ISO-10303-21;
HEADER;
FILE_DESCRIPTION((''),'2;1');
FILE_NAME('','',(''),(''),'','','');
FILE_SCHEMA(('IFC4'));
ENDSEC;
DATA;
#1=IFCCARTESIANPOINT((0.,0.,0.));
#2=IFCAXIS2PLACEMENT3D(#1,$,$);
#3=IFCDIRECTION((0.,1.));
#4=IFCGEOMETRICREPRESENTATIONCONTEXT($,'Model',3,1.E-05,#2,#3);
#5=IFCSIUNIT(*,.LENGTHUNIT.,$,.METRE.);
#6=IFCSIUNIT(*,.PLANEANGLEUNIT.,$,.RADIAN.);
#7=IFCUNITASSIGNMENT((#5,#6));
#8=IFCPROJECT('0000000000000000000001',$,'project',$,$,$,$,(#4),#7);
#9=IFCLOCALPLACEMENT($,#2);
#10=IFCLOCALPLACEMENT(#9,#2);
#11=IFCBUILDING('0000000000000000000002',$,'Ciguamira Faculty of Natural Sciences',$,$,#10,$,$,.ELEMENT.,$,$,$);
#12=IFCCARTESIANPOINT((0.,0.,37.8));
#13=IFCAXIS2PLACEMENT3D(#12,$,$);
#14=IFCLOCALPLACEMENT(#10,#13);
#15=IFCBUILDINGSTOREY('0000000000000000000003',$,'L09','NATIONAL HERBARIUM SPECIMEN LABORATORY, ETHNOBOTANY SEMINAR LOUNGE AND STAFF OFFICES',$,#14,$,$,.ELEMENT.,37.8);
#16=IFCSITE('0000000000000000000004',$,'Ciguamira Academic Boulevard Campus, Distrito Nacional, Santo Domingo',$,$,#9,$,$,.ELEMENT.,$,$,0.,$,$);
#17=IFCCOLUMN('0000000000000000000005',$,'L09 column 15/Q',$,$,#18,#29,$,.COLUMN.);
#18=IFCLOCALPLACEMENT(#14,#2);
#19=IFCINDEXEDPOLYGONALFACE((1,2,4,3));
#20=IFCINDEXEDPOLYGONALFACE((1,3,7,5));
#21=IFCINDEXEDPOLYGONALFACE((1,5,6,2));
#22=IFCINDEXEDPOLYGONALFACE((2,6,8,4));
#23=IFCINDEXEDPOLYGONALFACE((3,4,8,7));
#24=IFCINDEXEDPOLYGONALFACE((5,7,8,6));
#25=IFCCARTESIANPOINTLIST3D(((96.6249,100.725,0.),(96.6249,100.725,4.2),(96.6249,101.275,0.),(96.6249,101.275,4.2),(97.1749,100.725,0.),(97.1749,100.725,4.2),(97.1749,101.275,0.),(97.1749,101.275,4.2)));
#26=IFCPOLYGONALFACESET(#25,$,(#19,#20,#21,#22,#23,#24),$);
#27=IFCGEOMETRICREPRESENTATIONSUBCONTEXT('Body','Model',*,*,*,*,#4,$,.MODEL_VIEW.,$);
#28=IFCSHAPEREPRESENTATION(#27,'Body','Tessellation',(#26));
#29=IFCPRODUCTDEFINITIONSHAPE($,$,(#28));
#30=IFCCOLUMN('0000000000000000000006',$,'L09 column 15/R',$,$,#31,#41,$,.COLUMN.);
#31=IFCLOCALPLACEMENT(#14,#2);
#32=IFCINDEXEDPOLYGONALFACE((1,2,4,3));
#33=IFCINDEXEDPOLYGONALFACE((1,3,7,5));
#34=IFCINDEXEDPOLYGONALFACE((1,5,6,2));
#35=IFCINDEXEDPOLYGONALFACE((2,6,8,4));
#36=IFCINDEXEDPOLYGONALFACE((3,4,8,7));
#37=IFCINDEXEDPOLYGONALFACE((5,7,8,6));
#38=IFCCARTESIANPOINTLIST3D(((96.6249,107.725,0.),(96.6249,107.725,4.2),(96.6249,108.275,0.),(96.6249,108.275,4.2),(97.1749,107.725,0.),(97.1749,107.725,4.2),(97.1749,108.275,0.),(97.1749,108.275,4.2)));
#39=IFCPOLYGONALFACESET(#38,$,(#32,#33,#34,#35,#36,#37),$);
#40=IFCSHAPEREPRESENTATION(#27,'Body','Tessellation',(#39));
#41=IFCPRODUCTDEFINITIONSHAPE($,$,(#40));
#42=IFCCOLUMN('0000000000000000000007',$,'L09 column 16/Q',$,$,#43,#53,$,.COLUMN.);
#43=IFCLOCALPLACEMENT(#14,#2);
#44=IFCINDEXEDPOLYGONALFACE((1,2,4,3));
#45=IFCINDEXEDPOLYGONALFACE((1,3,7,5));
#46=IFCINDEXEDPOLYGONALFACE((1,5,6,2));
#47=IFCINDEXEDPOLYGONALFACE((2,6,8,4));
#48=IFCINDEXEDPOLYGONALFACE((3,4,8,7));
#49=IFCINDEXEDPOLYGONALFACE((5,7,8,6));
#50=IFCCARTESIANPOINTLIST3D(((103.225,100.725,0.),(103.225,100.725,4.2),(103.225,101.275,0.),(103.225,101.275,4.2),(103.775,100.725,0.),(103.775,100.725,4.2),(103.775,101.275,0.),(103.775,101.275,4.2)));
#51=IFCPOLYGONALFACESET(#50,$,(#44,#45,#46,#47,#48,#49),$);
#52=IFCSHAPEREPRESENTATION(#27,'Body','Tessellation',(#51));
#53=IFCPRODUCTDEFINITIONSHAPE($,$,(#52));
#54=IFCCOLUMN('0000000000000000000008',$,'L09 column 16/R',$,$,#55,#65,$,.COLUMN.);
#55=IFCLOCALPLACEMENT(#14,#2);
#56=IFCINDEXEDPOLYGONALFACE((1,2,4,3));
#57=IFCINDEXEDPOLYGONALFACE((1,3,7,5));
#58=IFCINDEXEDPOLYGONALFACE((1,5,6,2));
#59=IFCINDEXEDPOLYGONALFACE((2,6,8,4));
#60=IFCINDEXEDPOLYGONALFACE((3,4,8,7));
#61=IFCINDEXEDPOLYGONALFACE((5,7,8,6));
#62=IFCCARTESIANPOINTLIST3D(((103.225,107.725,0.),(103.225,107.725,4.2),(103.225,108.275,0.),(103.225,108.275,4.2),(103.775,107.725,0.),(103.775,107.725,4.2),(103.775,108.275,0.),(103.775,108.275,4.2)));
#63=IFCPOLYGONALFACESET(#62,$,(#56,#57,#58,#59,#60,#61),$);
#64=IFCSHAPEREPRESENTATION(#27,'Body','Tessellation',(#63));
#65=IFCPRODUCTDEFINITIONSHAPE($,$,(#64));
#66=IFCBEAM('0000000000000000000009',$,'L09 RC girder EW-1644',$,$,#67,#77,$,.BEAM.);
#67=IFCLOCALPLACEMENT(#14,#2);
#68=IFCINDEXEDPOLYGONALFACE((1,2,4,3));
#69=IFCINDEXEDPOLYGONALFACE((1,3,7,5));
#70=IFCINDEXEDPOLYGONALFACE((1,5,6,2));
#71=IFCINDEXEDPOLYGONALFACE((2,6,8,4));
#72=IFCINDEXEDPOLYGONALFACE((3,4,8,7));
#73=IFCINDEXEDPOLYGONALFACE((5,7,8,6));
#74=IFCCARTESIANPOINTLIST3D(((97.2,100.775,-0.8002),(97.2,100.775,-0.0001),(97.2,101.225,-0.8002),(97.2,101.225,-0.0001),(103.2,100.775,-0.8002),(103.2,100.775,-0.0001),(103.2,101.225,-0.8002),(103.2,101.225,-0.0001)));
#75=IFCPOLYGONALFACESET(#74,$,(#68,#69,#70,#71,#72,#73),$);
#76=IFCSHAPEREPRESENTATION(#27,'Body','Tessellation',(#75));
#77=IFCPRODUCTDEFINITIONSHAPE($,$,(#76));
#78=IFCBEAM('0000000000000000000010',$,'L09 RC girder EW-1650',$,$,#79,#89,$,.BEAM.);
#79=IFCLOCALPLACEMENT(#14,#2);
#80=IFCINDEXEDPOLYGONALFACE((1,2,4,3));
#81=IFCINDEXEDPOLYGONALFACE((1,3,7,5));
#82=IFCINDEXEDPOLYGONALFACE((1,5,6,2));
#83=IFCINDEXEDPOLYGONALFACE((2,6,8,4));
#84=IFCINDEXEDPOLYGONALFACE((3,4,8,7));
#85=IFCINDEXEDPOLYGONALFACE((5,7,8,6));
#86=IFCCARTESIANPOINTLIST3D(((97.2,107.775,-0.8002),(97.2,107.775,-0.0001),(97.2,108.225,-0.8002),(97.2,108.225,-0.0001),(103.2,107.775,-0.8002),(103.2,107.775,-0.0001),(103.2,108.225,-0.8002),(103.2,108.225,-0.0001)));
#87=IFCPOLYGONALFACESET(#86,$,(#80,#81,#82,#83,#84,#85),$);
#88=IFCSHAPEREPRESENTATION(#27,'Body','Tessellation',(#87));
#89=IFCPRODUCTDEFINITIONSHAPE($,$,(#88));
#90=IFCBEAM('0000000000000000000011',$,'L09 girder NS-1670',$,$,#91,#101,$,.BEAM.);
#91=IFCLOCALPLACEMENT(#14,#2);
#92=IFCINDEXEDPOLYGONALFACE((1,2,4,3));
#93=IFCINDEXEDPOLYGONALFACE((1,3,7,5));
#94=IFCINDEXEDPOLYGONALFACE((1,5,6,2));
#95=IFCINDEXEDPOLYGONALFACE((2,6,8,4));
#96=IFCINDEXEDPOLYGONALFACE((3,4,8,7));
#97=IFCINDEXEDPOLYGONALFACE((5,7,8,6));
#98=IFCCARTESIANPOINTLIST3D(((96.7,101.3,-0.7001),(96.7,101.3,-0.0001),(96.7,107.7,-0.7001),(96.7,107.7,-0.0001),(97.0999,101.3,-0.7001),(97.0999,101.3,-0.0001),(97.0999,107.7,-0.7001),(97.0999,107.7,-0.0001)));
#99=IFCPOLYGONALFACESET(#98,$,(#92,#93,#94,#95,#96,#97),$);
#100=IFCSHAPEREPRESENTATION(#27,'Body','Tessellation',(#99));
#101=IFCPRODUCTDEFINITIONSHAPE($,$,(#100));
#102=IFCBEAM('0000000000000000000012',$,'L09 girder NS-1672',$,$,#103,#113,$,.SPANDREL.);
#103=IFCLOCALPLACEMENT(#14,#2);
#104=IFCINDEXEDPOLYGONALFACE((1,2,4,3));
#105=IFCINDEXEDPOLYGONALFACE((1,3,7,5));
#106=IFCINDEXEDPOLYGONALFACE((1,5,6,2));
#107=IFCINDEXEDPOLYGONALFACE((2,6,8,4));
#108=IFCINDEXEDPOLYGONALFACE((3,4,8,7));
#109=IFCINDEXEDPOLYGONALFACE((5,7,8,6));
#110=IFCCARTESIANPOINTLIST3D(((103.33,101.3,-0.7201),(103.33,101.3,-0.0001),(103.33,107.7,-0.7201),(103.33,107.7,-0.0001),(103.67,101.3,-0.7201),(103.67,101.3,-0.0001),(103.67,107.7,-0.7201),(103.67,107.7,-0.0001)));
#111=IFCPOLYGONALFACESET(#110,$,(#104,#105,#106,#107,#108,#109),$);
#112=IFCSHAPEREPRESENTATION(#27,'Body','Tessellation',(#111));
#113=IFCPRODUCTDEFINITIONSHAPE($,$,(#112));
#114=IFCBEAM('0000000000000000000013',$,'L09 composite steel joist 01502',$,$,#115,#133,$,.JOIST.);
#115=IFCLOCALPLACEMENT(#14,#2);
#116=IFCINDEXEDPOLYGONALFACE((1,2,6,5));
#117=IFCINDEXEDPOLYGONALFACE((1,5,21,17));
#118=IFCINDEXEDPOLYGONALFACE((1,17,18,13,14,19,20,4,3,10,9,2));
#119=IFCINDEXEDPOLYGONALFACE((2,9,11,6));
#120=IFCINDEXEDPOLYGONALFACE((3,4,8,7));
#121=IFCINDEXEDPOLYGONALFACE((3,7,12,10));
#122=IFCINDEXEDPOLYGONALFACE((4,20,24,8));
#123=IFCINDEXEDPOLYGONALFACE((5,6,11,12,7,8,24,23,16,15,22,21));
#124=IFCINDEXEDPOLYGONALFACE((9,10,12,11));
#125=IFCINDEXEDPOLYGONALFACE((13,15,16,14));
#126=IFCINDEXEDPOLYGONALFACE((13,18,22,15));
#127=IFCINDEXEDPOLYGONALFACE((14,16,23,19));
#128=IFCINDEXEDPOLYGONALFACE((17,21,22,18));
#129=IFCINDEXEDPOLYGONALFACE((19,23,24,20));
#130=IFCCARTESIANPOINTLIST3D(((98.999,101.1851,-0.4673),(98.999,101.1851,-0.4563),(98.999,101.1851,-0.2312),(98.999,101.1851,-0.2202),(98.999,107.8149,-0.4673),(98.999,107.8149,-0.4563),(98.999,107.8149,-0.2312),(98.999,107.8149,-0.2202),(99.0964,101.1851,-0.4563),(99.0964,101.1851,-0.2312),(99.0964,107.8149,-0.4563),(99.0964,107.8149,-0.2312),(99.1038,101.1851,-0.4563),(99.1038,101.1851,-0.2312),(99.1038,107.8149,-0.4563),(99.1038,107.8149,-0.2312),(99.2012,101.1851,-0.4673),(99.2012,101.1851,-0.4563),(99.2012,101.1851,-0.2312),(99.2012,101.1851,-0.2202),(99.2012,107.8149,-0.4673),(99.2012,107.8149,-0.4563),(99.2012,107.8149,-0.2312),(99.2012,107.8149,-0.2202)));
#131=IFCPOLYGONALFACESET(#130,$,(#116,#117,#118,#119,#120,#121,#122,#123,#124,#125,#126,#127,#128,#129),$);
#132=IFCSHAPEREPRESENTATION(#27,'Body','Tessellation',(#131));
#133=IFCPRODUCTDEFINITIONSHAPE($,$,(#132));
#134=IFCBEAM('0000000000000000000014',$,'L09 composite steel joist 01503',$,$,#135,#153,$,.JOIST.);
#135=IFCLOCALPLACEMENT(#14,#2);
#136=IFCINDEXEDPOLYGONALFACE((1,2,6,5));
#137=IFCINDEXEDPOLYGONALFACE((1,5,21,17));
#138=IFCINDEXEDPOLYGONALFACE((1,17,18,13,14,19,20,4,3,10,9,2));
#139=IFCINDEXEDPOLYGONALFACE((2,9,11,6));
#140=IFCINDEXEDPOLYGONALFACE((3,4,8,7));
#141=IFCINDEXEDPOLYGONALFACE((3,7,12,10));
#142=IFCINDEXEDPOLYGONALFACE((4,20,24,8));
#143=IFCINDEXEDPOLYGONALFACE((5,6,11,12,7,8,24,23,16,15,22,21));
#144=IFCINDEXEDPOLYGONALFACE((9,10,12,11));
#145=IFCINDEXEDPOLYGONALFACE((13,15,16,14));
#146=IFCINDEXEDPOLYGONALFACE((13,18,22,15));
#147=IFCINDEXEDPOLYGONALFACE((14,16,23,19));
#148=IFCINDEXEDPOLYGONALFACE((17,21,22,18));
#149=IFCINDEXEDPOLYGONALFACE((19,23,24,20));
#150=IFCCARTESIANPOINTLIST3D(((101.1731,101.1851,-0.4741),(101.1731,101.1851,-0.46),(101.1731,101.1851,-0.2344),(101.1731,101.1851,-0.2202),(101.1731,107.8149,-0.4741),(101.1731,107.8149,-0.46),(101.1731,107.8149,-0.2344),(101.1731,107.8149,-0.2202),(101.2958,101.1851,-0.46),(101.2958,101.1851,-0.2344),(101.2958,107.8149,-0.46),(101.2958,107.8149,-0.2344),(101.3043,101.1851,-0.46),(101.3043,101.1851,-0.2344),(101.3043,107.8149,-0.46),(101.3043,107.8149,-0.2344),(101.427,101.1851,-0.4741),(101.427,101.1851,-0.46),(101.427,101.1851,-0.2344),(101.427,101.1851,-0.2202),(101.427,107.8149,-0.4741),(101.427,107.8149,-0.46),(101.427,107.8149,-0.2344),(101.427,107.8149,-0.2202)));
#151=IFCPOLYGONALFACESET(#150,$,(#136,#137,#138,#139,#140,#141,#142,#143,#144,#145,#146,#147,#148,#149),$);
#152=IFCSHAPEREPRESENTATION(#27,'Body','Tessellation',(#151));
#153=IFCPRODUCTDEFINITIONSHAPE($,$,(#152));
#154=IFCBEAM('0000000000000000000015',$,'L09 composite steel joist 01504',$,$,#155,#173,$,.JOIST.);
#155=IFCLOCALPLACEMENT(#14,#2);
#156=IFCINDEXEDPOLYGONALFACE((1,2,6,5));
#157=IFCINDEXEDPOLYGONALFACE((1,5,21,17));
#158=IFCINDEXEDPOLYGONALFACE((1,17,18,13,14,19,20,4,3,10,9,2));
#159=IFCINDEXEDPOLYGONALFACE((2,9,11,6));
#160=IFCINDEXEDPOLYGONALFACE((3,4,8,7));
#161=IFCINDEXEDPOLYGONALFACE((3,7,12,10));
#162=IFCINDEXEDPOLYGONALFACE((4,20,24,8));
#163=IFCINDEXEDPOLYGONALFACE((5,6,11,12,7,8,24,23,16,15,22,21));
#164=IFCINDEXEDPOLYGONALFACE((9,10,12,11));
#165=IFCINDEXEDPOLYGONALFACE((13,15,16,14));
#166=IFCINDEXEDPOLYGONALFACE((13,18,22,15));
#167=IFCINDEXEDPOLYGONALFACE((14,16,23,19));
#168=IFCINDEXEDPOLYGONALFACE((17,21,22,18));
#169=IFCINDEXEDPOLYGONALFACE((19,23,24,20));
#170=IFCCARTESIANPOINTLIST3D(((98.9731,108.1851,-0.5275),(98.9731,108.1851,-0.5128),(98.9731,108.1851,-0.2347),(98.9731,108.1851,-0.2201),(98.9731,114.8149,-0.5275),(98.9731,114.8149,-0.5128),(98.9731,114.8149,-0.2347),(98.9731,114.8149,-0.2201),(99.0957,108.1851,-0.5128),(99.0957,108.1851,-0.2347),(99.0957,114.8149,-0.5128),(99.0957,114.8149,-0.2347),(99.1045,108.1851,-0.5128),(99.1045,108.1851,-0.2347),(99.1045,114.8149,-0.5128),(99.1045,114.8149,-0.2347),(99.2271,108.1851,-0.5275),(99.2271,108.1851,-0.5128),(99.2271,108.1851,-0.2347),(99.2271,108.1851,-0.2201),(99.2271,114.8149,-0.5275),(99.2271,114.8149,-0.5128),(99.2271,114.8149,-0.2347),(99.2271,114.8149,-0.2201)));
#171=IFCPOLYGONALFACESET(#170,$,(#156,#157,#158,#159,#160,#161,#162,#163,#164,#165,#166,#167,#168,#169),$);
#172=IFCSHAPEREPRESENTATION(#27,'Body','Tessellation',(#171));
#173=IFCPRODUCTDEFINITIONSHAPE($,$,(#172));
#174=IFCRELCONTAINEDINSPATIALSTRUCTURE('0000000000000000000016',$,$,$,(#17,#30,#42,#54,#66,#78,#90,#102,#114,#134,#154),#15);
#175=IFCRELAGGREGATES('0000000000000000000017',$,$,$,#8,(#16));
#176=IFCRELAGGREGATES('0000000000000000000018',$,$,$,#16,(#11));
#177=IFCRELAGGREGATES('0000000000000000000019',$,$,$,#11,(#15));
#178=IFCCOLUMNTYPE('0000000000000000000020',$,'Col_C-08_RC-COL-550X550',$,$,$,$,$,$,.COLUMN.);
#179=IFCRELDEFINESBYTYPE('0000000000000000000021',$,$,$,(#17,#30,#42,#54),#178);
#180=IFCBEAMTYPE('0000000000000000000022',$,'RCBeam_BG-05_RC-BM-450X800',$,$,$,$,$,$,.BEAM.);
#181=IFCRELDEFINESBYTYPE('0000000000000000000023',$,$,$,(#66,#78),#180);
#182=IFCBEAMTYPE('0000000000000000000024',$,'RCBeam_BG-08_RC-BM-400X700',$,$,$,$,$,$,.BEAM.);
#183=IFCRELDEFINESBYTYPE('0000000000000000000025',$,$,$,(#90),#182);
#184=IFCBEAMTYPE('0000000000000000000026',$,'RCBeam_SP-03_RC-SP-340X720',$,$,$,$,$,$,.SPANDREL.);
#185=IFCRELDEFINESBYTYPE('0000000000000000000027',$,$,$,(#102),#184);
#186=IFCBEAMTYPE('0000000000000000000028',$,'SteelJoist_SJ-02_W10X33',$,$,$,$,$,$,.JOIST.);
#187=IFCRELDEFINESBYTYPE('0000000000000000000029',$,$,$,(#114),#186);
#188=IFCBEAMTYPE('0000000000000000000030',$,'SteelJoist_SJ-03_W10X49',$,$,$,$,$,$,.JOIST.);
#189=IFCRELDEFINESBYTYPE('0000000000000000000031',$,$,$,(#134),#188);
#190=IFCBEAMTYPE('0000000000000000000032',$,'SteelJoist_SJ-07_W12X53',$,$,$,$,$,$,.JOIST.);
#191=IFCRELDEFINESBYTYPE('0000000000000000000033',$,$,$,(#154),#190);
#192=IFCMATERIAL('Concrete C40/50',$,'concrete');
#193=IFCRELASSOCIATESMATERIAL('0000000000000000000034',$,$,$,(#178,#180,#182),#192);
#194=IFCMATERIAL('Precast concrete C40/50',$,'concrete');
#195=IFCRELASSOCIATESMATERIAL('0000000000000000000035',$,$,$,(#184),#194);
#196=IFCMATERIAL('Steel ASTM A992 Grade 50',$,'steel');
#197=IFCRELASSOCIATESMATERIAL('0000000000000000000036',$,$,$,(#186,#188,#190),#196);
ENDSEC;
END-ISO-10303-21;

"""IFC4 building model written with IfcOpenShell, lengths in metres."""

from ifc_helpers import new_model, si_unit, direction, frame, origin, origin_2d, place, context, subcontext, project, spatial, rectangle, i_section, extrude, material, material_profile, profile_set, type_object, element, save


model = new_model("IFC4")

# Units and contexts
model_context = context("Model", 3, precision=1e-05, world=origin(), true_north=direction((0.0, 1.0)))
body_context = subcontext(model_context, "Body", "Model", "MODEL_VIEW")
ifc_project = project(units=[si_unit("LENGTHUNIT", "METRE"), si_unit("PLANEANGLEUNIT", "RADIAN")], contexts=[model_context])

# Site, building, storey
site_placement = place(None, origin())
site = spatial("IfcSite", under=ifc_project, at=site_placement, Name="Ciguamira Academic Boulevard Campus, Distrito Nacional, Santo Domingo", CompositionType="ELEMENT", RefElevation=0.0)
building_placement = place(site_placement, origin())
building = spatial("IfcBuilding", under=site, at=building_placement, Name="Ciguamira Faculty of Natural Sciences", CompositionType="ELEMENT")
storey_placement = place(building_placement, frame((0.0, 0.0, 37.8)))
storey = spatial("IfcBuildingStorey", under=building, at=storey_placement, Name="L09", Description="NATIONAL HERBARIUM SPECIMEN LABORATORY, ETHNOBOTANY SEMINAR LOUNGE AND STAFF OFFICES", CompositionType="ELEMENT", Elevation=37.8)

# Columns
ifc_material_1 = material(Name="Concrete C40/50", Category="concrete")
ifc_material_profile_1 = material_profile(ifc_material_1, rectangle(XDim=0.55, YDim=0.55, at=origin_2d()), Name="RC-COL-550X550")
ifc_profile_set_1 = profile_set([ifc_material_profile_1], Name="Concrete C40/50")
column_type = type_object("IfcColumnType", Name="Col_C-08_RC-COL-550X550", PredefinedType="COLUMN", material=ifc_profile_set_1)
for number, where, z_axis, x_axis, name in (
    (1, (96.8999, 101.0, 0.0), (0.0, 0.0, 1.0), (1.0, 0.0, 0.0), "L09 column 15/Q"),
    (2, (96.8999, 108.0, 0.0), (0.0, 0.0, 1.0), (1.0, 0.0, 0.0), "L09 column 15/R"),
    (3, (103.5, 101.0, 0.0), (0.0, 0.0, 1.0), (1.0, 0.0, 0.0), "L09 column 16/Q"),
    (4, (103.5, 108.0, 0.0), (0.0, 0.0, 1.0), (1.0, 0.0, 0.0), "L09 column 16/R"),
):
    element("IfcColumn", number, at=place(storey_placement, frame(where, z_axis=z_axis, x_axis=x_axis)), inside=storey, type_object=column_type, Name=name, PredefinedType="COLUMN", context=body_context, shape_type="SweptSolid", body=[
        extrude(rectangle(XDim=0.55, YDim=0.55, at=origin_2d()), origin(), (0.0, 0.0, 1.0), 4.2),
    ])

# Beams
ifc_material_profile_2 = material_profile(ifc_material_1, rectangle(XDim=0.45, YDim=0.8, at=origin_2d()), Name="RC-BM-450X800")
ifc_profile_set_2 = profile_set([ifc_material_profile_2], Name="Concrete C40/50")
beam_type_1 = type_object("IfcBeamType", Name="RCBeam_BG-05_RC-BM-450X800", PredefinedType="BEAM", material=ifc_profile_set_2)
for number, where, z_axis, x_axis, name in (
    (5, (97.2, 101.0, -0.4001), (1.0, 0.0, 0.0), (0.0, 1.0, 0.0), "L09 RC girder EW-1644"),
    (6, (97.2, 108.0, -0.4001), (1.0, 0.0, 0.0), (0.0, 1.0, 0.0), "L09 RC girder EW-1650"),
):
    element("IfcBeam", number, at=place(storey_placement, frame(where, z_axis=z_axis, x_axis=x_axis)), inside=storey, type_object=beam_type_1, Name=name, PredefinedType="BEAM", context=body_context, shape_type="SweptSolid", body=[
        extrude(rectangle(XDim=0.45, YDim=0.8, at=origin_2d()), origin(), (0.0, 0.0, 1.0), 6.0),
    ])
ifc_material_profile_3 = material_profile(ifc_material_1, rectangle(XDim=0.3999, YDim=0.7, at=origin_2d()), Name="RC-BM-400X700")
ifc_profile_set_3 = profile_set([ifc_material_profile_3], Name="Concrete C40/50")
beam_type_2 = type_object("IfcBeamType", Name="RCBeam_BG-08_RC-BM-400X700", PredefinedType="BEAM", material=ifc_profile_set_3)
beam_1_placement = place(storey_placement, frame((96.8999, 101.3, -0.3501), z_axis=(0.0, 1.0, 0.0), x_axis=(-1.0, 0.0, 0.0)))
element("IfcBeam", 7, at=beam_1_placement, inside=storey, type_object=beam_type_2, Name="L09 girder NS-1670", PredefinedType="BEAM", context=body_context, shape_type="SweptSolid", body=[
    extrude(rectangle(XDim=0.3999, YDim=0.7, at=origin_2d()), origin(), (0.0, 0.0, 1.0), 6.3999),
])
ifc_material_2 = material(Name="Precast concrete C40/50", Category="concrete")
ifc_material_profile_4 = material_profile(ifc_material_2, rectangle(XDim=0.3401, YDim=0.72, at=origin_2d()), Name="RC-SP-340X720")
ifc_profile_set_4 = profile_set([ifc_material_profile_4], Name="Precast concrete C40/50")
beam_type_3 = type_object("IfcBeamType", Name="RCBeam_SP-03_RC-SP-340X720", PredefinedType="SPANDREL", material=ifc_profile_set_4)
beam_2_placement = place(storey_placement, frame((103.5, 101.3, -0.3601), z_axis=(0.0, 1.0, 0.0), x_axis=(-1.0, 0.0, 0.0)))
element("IfcBeam", 8, at=beam_2_placement, inside=storey, type_object=beam_type_3, Name="L09 girder NS-1672", PredefinedType="SPANDREL", context=body_context, shape_type="SweptSolid", body=[
    extrude(rectangle(XDim=0.3401, YDim=0.72, at=origin_2d()), origin(), (0.0, 0.0, 1.0), 6.3999),
])
ifc_material_3 = material(Name="Steel ASTM A992 Grade 50", Category="steel")
ifc_material_profile_5 = material_profile(ifc_material_3, i_section(OverallWidth=0.2021, OverallDepth=0.2471, WebThickness=0.0073, FlangeThickness=0.011, at=origin_2d()), Name="W10X33")
ifc_profile_set_5 = profile_set([ifc_material_profile_5], Name="Steel ASTM A992 Grade 50")
beam_type_4 = type_object("IfcBeamType", Name="SteelJoist_SJ-02_W10X33", PredefinedType="JOIST", material=ifc_profile_set_5)
beam_3_placement = place(storey_placement, frame((99.1001, 101.1851, -0.3438), z_axis=(0.0, 1.0, 0.0), x_axis=(-1.0, 0.0, 0.0)))
element("IfcBeam", 9, at=beam_3_placement, inside=storey, type_object=beam_type_4, Name="L09 composite steel joist 01502", PredefinedType="JOIST", context=body_context, shape_type="SweptSolid", body=[
    extrude(i_section(OverallWidth=0.2021, OverallDepth=0.2471, WebThickness=0.0073, FlangeThickness=0.011, at=origin_2d()), origin(), (0.0, 0.0, 1.0), 6.6299),
])
ifc_material_profile_6 = material_profile(ifc_material_3, i_section(OverallWidth=0.2539, OverallDepth=0.2539, WebThickness=0.0085, FlangeThickness=0.0142, at=origin_2d()), Name="W10X49")
ifc_profile_set_6 = profile_set([ifc_material_profile_6], Name="Steel ASTM A992 Grade 50")
beam_type_5 = type_object("IfcBeamType", Name="SteelJoist_SJ-03_W10X49", PredefinedType="JOIST", material=ifc_profile_set_6)
beam_4_placement = place(storey_placement, frame((101.3, 101.1851, -0.3472), z_axis=(0.0, 1.0, 0.0), x_axis=(-1.0, 0.0, 0.0)))
element("IfcBeam", 10, at=beam_4_placement, inside=storey, type_object=beam_type_5, Name="L09 composite steel joist 01503", PredefinedType="JOIST", context=body_context, shape_type="SweptSolid", body=[
    extrude(i_section(OverallWidth=0.2539, OverallDepth=0.2539, WebThickness=0.0085, FlangeThickness=0.0142, at=origin_2d()), origin(), (0.0, 0.0, 1.0), 6.6299),
])
ifc_material_profile_7 = material_profile(ifc_material_3, i_section(OverallWidth=0.2539, OverallDepth=0.3074, WebThickness=0.0088, FlangeThickness=0.0146, at=origin_2d()), Name="W12X53")
ifc_profile_set_7 = profile_set([ifc_material_profile_7], Name="Steel ASTM A992 Grade 50")
beam_type_6 = type_object("IfcBeamType", Name="SteelJoist_SJ-07_W12X53", PredefinedType="JOIST", material=ifc_profile_set_7)
beam_5_placement = place(storey_placement, frame((99.1001, 108.1851, -0.3738), z_axis=(0.0, 1.0, 0.0), x_axis=(-1.0, 0.0, 0.0)))
element("IfcBeam", 11, at=beam_5_placement, inside=storey, type_object=beam_type_6, Name="L09 composite steel joist 01504", PredefinedType="JOIST", context=body_context, shape_type="SweptSolid", body=[
    extrude(i_section(OverallWidth=0.2539, OverallDepth=0.3074, WebThickness=0.0088, FlangeThickness=0.0146, at=origin_2d()), origin(), (0.0, 0.0, 1.0), 6.6299),
])

save(model, "model.ifc")
